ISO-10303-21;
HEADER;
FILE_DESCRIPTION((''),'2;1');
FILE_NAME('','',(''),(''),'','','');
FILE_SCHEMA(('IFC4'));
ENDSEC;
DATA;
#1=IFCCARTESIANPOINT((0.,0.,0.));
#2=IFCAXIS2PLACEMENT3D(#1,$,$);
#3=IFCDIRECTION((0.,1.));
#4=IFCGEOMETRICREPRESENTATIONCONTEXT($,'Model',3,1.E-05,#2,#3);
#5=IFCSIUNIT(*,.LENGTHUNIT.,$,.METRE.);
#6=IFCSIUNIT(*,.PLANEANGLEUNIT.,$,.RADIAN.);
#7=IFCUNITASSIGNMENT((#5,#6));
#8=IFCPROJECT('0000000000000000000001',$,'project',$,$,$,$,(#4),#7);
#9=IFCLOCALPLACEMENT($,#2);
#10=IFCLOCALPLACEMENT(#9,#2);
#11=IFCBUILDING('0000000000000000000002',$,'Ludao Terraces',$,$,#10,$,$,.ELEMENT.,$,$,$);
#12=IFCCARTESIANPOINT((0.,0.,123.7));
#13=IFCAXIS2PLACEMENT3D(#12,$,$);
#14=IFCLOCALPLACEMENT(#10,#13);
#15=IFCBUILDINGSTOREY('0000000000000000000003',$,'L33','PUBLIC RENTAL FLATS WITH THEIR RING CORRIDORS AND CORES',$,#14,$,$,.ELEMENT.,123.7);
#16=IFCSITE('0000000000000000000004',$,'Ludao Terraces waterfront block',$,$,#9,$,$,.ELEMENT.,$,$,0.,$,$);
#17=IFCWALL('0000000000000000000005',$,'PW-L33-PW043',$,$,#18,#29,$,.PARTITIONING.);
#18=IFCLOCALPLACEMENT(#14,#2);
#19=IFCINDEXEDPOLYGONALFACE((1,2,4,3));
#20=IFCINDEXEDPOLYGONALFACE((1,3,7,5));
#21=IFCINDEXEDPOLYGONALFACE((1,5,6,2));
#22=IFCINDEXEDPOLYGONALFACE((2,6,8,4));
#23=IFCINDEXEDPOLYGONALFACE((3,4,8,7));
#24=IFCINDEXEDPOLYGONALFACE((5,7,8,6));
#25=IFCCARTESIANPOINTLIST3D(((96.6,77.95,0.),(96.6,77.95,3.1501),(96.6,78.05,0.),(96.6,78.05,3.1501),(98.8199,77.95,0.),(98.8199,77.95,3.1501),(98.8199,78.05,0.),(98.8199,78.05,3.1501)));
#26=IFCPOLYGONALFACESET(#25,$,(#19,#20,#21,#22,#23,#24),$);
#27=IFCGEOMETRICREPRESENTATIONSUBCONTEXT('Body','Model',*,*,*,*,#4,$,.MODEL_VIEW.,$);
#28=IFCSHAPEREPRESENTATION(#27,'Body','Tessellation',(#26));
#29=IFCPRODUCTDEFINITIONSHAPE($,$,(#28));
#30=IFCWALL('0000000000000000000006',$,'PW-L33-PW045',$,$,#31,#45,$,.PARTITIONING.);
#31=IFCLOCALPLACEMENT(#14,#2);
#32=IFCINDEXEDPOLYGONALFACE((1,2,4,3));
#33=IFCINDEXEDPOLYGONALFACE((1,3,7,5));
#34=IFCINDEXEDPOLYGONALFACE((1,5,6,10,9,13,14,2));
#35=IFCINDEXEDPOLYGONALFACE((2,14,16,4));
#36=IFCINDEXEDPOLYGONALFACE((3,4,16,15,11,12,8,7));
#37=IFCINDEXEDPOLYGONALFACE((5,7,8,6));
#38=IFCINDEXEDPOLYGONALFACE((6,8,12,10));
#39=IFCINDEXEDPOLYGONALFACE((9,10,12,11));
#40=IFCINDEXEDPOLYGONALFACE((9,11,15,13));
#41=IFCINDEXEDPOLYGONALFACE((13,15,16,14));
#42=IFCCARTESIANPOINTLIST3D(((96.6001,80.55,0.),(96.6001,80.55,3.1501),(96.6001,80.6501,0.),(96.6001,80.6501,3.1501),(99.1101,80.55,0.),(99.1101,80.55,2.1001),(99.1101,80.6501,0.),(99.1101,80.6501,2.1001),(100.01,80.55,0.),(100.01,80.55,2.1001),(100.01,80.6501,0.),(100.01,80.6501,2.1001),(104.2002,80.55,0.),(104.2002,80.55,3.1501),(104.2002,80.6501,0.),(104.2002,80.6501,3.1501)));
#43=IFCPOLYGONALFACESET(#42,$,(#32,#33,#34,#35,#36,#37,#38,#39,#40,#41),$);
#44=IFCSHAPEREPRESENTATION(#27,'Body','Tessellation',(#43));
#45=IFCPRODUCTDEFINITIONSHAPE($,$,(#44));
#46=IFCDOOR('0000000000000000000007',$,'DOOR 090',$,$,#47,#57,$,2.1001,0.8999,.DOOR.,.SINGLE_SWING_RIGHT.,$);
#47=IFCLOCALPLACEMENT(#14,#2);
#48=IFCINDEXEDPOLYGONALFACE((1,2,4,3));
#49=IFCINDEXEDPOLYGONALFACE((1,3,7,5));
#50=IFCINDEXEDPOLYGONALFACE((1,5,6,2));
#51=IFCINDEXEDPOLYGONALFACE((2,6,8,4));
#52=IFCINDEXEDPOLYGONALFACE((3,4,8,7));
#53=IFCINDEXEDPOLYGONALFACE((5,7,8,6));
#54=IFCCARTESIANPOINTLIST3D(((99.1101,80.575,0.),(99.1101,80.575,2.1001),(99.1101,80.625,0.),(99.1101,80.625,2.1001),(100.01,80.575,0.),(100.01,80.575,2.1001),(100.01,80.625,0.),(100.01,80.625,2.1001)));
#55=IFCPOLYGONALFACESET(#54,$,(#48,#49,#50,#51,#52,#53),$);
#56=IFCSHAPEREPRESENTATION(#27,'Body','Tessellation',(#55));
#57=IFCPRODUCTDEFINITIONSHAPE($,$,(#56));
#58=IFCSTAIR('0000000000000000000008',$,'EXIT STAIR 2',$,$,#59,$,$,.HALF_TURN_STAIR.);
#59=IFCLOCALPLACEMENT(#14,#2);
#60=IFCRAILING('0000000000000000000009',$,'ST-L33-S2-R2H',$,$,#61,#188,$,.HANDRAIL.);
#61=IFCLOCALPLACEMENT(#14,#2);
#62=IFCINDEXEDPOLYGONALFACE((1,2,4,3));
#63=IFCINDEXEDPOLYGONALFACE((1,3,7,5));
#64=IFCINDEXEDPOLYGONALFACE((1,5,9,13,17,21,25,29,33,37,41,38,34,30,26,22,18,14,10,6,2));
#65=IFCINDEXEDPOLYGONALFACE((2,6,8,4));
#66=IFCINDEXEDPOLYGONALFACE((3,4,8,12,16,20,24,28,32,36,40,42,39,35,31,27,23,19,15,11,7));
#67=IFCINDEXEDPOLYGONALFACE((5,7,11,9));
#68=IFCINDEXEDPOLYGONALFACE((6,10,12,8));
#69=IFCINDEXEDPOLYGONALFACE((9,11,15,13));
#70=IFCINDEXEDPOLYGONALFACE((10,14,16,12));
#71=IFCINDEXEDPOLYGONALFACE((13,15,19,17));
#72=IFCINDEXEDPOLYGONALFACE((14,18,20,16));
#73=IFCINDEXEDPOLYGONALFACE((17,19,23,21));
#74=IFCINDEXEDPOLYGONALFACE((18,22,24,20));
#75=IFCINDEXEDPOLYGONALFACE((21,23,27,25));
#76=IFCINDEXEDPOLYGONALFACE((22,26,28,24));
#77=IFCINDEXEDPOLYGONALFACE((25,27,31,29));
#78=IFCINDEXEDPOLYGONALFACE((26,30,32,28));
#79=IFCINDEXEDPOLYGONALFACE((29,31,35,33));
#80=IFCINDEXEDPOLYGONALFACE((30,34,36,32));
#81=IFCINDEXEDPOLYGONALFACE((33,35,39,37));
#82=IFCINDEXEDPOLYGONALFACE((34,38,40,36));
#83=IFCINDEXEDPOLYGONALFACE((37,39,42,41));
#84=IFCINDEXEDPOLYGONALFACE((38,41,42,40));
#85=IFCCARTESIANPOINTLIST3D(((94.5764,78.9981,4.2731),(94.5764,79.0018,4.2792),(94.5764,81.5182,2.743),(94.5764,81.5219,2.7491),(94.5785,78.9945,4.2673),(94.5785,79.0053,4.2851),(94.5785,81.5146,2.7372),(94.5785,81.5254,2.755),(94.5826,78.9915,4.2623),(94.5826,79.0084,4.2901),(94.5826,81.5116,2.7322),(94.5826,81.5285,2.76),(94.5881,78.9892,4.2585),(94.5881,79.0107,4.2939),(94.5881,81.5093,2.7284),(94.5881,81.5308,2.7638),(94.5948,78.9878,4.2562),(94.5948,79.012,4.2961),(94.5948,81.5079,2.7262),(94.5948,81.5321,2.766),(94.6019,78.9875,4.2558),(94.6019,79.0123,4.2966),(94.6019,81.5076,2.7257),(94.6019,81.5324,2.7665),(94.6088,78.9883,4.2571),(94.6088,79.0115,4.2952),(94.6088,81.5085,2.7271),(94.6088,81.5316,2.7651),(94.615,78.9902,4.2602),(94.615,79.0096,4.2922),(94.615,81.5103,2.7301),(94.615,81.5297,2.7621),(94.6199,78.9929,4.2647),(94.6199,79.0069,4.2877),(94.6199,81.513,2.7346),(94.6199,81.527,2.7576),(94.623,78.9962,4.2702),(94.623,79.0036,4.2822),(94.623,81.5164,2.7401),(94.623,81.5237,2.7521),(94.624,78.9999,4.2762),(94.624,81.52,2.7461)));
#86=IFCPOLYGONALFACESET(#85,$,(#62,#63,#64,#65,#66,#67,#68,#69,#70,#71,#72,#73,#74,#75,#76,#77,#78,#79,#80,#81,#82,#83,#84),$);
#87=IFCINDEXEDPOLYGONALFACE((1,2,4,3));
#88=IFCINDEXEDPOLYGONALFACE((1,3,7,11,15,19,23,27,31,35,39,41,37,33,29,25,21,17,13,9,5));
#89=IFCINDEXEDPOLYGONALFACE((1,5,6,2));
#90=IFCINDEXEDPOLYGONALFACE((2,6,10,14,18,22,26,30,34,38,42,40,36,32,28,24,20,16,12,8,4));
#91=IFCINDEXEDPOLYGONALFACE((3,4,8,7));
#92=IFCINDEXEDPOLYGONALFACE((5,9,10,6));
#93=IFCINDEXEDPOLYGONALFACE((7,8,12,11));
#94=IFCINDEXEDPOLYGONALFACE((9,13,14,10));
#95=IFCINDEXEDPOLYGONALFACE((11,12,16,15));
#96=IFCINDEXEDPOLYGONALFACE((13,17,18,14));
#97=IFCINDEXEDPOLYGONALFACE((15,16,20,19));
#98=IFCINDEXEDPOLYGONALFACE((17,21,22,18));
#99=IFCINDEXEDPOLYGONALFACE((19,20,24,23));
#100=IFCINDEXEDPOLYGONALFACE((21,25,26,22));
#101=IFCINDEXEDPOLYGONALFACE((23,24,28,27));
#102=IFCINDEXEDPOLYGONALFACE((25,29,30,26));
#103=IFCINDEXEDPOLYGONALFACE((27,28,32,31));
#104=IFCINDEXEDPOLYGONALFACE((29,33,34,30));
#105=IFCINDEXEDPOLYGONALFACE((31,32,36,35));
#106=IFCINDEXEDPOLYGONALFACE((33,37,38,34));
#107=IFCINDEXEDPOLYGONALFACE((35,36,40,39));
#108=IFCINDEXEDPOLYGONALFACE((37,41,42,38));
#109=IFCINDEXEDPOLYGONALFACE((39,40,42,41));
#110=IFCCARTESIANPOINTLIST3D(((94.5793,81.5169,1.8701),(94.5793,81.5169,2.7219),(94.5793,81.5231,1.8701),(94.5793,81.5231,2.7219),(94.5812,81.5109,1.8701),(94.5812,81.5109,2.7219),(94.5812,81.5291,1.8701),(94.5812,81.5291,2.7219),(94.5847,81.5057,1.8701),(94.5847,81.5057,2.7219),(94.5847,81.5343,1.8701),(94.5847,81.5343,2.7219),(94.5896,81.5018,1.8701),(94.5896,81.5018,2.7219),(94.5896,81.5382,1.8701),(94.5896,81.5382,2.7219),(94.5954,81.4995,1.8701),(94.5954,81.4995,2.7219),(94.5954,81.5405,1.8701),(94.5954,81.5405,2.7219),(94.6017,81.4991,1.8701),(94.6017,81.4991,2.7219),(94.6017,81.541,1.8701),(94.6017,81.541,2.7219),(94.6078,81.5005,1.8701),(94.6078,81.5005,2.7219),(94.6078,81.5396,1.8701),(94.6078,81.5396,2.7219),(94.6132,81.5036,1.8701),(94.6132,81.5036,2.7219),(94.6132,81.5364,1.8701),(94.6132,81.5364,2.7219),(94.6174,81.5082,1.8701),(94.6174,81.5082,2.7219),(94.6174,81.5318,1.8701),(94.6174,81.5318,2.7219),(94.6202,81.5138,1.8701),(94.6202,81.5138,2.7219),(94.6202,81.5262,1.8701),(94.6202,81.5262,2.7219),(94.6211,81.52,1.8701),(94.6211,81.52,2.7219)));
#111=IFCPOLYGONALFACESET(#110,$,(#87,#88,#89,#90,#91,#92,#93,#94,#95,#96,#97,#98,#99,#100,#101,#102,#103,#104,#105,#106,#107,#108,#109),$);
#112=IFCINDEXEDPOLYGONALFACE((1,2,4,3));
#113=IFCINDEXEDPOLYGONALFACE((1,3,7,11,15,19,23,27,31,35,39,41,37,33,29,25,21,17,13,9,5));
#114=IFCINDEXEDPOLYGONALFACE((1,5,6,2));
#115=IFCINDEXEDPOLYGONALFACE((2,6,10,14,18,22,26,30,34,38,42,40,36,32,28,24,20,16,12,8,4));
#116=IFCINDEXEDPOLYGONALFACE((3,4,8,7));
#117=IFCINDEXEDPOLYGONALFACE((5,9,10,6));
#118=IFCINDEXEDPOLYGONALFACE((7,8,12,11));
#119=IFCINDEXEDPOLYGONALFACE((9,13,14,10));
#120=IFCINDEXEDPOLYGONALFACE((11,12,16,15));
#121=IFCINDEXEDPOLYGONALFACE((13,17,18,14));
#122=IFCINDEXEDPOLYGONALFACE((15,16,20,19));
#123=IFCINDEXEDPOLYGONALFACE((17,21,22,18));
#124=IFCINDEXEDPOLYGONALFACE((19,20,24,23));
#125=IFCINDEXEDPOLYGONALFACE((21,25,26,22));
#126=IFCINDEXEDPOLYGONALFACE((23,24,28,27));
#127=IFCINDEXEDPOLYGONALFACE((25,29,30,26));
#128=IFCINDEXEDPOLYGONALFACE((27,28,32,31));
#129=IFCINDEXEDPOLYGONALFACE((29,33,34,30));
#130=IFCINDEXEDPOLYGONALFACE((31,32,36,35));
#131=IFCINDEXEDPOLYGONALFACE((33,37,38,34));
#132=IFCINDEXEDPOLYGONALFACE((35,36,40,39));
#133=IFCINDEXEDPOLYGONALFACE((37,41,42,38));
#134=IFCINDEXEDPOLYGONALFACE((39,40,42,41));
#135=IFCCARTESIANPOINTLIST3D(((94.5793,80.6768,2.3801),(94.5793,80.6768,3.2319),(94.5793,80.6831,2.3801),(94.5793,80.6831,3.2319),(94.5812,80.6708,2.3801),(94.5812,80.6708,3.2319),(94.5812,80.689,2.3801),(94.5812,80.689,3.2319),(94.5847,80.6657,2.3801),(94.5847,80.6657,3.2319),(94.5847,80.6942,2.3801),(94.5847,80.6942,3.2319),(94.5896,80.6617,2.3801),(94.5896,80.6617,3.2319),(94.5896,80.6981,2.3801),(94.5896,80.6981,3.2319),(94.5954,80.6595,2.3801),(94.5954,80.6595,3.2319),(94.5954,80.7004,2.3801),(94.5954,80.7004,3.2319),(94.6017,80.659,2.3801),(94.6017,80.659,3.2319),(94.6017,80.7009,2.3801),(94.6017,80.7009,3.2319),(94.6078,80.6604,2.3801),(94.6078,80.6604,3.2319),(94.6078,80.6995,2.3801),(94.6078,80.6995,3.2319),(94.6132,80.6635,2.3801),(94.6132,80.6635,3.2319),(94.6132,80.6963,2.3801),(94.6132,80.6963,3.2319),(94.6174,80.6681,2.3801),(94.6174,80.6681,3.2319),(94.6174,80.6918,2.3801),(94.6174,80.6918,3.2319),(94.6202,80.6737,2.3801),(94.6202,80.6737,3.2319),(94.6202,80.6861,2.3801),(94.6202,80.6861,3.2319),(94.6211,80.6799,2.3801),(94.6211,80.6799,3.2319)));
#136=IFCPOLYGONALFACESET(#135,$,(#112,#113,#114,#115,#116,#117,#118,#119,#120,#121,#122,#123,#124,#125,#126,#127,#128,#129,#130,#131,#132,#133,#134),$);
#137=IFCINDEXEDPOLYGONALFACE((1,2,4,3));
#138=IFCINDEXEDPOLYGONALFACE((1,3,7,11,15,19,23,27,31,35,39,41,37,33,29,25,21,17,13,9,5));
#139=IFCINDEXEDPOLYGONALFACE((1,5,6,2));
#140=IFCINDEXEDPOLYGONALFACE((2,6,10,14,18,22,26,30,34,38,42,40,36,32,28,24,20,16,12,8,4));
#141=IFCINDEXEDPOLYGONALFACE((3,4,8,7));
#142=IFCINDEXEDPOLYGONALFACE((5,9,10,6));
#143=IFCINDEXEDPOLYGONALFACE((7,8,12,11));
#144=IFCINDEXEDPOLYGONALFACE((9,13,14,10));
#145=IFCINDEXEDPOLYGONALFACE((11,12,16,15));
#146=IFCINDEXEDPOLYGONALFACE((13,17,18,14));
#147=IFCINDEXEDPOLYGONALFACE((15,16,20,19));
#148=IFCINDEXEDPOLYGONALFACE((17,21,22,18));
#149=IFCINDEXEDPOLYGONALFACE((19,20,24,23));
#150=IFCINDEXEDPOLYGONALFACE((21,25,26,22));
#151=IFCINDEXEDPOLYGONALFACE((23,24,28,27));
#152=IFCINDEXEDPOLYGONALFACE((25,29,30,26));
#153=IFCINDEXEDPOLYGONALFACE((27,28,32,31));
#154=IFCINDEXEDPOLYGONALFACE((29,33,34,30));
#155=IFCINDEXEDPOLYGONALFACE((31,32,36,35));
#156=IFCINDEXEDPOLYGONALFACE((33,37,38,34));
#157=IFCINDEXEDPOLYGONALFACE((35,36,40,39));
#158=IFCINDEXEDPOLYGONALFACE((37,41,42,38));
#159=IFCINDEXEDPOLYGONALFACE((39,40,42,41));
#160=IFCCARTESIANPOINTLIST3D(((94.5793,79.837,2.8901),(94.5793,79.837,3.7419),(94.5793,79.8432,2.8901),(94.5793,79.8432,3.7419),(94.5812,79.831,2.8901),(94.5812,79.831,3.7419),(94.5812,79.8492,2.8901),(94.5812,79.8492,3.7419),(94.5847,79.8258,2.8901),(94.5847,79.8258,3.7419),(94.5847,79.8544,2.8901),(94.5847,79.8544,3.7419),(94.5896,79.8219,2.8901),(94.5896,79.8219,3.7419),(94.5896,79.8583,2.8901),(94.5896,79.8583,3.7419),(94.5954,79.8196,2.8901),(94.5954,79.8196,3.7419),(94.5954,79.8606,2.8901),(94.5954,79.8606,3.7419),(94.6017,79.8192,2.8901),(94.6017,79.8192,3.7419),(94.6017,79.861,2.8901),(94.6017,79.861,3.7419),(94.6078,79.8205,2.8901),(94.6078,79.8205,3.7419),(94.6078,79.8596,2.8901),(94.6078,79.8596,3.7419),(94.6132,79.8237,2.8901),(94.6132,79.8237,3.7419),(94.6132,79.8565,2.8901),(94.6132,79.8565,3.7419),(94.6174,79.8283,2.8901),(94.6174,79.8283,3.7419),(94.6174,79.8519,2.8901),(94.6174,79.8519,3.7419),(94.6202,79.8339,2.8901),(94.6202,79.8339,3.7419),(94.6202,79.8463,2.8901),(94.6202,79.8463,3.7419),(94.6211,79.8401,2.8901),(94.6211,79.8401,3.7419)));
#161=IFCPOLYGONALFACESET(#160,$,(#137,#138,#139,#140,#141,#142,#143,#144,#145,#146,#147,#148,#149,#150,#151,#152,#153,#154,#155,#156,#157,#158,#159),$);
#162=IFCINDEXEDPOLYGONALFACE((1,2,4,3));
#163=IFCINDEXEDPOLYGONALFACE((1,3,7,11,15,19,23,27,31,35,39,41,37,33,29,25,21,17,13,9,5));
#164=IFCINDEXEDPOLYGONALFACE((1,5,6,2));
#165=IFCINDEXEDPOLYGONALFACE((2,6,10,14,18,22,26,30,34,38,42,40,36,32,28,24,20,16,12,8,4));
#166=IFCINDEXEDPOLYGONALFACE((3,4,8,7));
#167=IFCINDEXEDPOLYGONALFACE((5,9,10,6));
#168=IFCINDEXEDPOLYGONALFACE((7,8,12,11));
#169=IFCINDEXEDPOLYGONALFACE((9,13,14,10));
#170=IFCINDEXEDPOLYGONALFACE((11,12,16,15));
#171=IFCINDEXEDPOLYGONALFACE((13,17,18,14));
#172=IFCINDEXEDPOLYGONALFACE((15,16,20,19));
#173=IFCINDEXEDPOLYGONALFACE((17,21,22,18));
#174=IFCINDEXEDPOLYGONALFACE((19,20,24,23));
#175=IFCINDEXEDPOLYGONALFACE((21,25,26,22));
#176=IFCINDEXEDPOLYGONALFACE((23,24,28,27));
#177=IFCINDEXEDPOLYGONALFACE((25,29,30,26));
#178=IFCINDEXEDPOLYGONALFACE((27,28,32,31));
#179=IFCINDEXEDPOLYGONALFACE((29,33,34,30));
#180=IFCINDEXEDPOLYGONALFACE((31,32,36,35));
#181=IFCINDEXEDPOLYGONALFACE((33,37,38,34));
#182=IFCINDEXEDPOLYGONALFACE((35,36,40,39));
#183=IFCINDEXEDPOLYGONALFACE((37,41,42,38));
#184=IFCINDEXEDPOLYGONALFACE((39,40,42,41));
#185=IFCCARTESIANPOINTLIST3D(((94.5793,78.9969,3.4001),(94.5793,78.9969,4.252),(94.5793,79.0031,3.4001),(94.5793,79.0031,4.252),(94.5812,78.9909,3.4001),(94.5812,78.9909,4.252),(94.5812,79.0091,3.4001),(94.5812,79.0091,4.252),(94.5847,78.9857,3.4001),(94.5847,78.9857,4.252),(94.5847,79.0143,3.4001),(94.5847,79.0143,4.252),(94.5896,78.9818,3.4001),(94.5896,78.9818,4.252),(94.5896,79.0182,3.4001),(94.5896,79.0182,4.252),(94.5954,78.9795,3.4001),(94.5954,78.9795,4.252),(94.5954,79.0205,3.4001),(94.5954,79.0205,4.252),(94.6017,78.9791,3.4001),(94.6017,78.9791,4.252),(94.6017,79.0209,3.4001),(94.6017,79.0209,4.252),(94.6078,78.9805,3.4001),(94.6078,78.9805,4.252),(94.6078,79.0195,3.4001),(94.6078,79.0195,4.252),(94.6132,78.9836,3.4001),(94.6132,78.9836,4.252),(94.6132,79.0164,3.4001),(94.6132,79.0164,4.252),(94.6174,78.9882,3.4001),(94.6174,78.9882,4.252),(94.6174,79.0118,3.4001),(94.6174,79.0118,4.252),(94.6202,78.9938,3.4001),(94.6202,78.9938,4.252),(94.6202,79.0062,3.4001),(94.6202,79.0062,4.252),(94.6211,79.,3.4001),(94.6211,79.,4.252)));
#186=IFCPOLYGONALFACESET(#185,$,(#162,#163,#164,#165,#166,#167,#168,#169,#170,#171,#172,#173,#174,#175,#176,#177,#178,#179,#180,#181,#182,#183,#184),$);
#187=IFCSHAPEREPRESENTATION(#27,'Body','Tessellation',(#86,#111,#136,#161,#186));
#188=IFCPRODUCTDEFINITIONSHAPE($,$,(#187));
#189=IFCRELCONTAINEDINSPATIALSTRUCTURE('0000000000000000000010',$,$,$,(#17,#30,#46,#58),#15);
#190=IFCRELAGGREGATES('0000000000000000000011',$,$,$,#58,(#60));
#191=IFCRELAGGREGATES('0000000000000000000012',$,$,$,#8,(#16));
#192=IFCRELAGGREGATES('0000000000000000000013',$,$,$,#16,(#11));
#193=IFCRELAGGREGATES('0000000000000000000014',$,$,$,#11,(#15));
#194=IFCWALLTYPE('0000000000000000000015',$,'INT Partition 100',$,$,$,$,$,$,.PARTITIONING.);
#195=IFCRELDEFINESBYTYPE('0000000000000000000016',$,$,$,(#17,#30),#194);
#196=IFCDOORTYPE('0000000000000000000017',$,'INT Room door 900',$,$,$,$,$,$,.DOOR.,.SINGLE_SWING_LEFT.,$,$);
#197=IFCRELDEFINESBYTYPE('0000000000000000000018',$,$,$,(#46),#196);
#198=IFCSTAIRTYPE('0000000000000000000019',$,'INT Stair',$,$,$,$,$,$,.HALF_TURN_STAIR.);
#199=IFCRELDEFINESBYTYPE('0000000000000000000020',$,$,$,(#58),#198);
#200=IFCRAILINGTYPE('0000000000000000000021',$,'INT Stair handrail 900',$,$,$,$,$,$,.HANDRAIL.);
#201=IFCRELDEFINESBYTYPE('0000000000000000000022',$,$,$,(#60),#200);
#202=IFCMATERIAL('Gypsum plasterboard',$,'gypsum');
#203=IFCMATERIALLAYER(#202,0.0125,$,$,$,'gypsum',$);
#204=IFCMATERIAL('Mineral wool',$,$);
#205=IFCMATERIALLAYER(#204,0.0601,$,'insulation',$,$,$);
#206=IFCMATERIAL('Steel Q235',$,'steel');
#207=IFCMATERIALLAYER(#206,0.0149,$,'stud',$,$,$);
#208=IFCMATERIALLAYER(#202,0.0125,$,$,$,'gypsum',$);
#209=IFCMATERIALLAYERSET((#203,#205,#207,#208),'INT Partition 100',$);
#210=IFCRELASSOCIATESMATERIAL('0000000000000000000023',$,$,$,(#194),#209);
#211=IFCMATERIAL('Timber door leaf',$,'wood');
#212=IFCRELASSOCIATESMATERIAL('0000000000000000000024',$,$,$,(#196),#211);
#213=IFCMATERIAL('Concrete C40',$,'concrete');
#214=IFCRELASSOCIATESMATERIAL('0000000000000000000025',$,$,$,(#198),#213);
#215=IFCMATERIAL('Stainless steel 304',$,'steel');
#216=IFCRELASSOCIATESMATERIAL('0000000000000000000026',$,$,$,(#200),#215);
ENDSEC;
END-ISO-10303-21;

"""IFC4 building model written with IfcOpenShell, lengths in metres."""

from ifc_helpers import new_model, si_unit, direction, frame, frame_2d, origin, origin_2d, place, context, subcontext, project, spatial, rectangle, circle, extrude, material, layer, layer_set, type_object, element, fill, aggregate, save


model = new_model("IFC4")

# Units and contexts
model_context = context("Model", 3, precision=1e-05, world=origin(), true_north=direction((0.0, 1.0)))
body_context = subcontext(model_context, "Body", "Model", "MODEL_VIEW")
ifc_project = project(units=[si_unit("LENGTHUNIT", "METRE"), si_unit("PLANEANGLEUNIT", "RADIAN")], contexts=[model_context])

# Site, building, storey
site_placement = place(None, origin())
site = spatial("IfcSite", under=ifc_project, at=site_placement, Name="Ludao Terraces waterfront block", CompositionType="ELEMENT", RefElevation=0.0)
building_placement = place(site_placement, origin())
building = spatial("IfcBuilding", under=site, at=building_placement, Name="Ludao Terraces", CompositionType="ELEMENT")
storey_placement = place(building_placement, frame((0.0, 0.0, 123.7)))
storey = spatial("IfcBuildingStorey", under=building, at=storey_placement, Name="L33", Description="PUBLIC RENTAL FLATS WITH THEIR RING CORRIDORS AND CORES", CompositionType="ELEMENT", Elevation=123.7)

# Shared definitions
ifc_material_1 = material(Name="Concrete C40", Category="concrete")

# Shared definitions
ifc_material_2 = material(Name="Steel Q235", Category="steel")

# Shared definitions
ifc_material_3 = material(Name="Mineral wool")

# Wall
ifc_material_4 = material(Name="Gypsum plasterboard", Category="gypsum")
ifc_layer_1 = layer(ifc_material_4, 0.0125, Category="gypsum")
ifc_layer_2 = layer(ifc_material_3, 0.0601, Name="insulation")
ifc_layer_3 = layer(ifc_material_2, 0.0149, Name="stud")
ifc_layer_4 = layer(ifc_material_4, 0.0125, Category="gypsum")
ifc_layer_set_1 = layer_set([ifc_layer_1, ifc_layer_2, ifc_layer_3, ifc_layer_4], Name="INT Partition 100")
wall_type_1 = type_object("IfcWallType", Name="INT Partition 100", PredefinedType="PARTITIONING", material=ifc_layer_set_1)
wall_1_placement = place(storey_placement, frame((96.6001, 78.0, 0.0), z_axis=(0.0, 0.0, 1.0), x_axis=(1.0, 0.0, 0.0)))
element("IfcWall", 1, at=wall_1_placement, inside=storey, type_object=wall_type_1, Name="PW-L33-PW043", PredefinedType="PARTITIONING", context=body_context, shape_type="SweptSolid", body=[
    extrude(rectangle(XDim=2.22, YDim=0.1001, at=frame_2d((1.1099, 0.0))), origin(), (0.0, 0.0, 1.0), 3.1501),
])

# Wall, opening, door
wall_2_placement = place(storey_placement, frame((96.6001, 80.6001, 0.0), z_axis=(0.0, 0.0, 1.0), x_axis=(1.0, 0.0, 0.0)))
wall_2 = element("IfcWall", 2, at=wall_2_placement, inside=storey, type_object=wall_type_1, Name="PW-L33-PW045", PredefinedType="PARTITIONING", context=body_context, shape_type="SweptSolid", body=[
    extrude(rectangle(XDim=7.6001, YDim=0.1001, at=frame_2d((3.8, 0.0))), origin(), (0.0, 0.0, 1.0), 3.1501),
])
opening_1_placement = place(wall_2_placement, frame((2.51, 0.0, 0.0)))
opening_1 = element("IfcOpeningElement", 3, at=opening_1_placement, cuts=wall_2, PredefinedType="OPENING", context=body_context, shape_type="SweptSolid", body=[
    extrude(rectangle(XDim=0.8999, YDim=2.1001, at=frame_2d((0.45, 1.05))), frame((0.0, 0.0601, 0.0), z_axis=(0.0, -1.0, 0.0), x_axis=(1.0, 0.0, 0.0)), (0.0, 0.0, 1.0), 0.1201),
])
ifc_material_5 = material(Name="Timber door leaf", Category="wood")
door_type_1 = type_object("IfcDoorType", Name="INT Room door 900", OperationType="SINGLE_SWING_LEFT", PredefinedType="DOOR", material=ifc_material_5)
door_1_placement = place(opening_1_placement, origin())
door_1 = element("IfcDoor", 4, at=door_1_placement, inside=storey, type_object=door_type_1, Name="DOOR 090", OperationType="SINGLE_SWING_RIGHT", OverallHeight=2.1001, OverallWidth=0.8999, PredefinedType="DOOR", context=body_context, shape_type="SweptSolid", body=[
    extrude(rectangle(XDim=0.8999, YDim=2.1001, at=frame_2d((0.45, 1.05))), frame((0.0, 0.0249, 0.0), z_axis=(0.0, -1.0, 0.0), x_axis=(1.0, 0.0, 0.0)), (0.0, 0.0, 1.0), 0.05),
])
fill(opening_1, door_1)

# Stair, railing
stair_type = type_object("IfcStairType", Name="INT Stair", PredefinedType="HALF_TURN_STAIR", material=ifc_material_1)
stair_placement = place(storey_placement, origin())
stair = element("IfcStair", 5, at=stair_placement, inside=storey, type_object=stair_type, Name="EXIT STAIR 2", PredefinedType="HALF_TURN_STAIR")
ifc_material_6 = material(Name="Stainless steel 304", Category="steel")
railing_type = type_object("IfcRailingType", Name="INT Stair handrail 900", PredefinedType="HANDRAIL", material=ifc_material_6)
railing_placement = place(storey_placement, frame((94.6001, 81.52, 1.8701)))
railing = element("IfcRailing", 6, at=railing_placement, type_object=railing_type, Name="ST-L33-S2-R2H", PredefinedType="HANDRAIL", context=body_context, shape_type="SweptSolid", body=[
    extrude(circle(Radius=0.0239, at=origin_2d()), frame((0.0, 0.0, 0.876), z_axis=(0.0, -0.854785, 0.518982), x_axis=(1.0, 0.0, 0.0)), (0.0, 0.0, 1.0), 2.9482),
    extrude(circle(Radius=0.021, at=origin_2d()), origin(), (0.0, 0.0, 1.0), 0.8518),
    extrude(circle(Radius=0.021, at=origin_2d()), frame((0.0, -0.8401, 0.51)), (0.0, 0.0, 1.0), 0.8518),
    extrude(circle(Radius=0.021, at=origin_2d()), frame((0.0, -1.6799, 1.02)), (0.0, 0.0, 1.0), 0.8518),
    extrude(circle(Radius=0.021, at=origin_2d()), frame((0.0, -2.52, 1.53)), (0.0, 0.0, 1.0), 0.8518),
])
aggregate(stair, [railing])

save(model, "model.ifc")
